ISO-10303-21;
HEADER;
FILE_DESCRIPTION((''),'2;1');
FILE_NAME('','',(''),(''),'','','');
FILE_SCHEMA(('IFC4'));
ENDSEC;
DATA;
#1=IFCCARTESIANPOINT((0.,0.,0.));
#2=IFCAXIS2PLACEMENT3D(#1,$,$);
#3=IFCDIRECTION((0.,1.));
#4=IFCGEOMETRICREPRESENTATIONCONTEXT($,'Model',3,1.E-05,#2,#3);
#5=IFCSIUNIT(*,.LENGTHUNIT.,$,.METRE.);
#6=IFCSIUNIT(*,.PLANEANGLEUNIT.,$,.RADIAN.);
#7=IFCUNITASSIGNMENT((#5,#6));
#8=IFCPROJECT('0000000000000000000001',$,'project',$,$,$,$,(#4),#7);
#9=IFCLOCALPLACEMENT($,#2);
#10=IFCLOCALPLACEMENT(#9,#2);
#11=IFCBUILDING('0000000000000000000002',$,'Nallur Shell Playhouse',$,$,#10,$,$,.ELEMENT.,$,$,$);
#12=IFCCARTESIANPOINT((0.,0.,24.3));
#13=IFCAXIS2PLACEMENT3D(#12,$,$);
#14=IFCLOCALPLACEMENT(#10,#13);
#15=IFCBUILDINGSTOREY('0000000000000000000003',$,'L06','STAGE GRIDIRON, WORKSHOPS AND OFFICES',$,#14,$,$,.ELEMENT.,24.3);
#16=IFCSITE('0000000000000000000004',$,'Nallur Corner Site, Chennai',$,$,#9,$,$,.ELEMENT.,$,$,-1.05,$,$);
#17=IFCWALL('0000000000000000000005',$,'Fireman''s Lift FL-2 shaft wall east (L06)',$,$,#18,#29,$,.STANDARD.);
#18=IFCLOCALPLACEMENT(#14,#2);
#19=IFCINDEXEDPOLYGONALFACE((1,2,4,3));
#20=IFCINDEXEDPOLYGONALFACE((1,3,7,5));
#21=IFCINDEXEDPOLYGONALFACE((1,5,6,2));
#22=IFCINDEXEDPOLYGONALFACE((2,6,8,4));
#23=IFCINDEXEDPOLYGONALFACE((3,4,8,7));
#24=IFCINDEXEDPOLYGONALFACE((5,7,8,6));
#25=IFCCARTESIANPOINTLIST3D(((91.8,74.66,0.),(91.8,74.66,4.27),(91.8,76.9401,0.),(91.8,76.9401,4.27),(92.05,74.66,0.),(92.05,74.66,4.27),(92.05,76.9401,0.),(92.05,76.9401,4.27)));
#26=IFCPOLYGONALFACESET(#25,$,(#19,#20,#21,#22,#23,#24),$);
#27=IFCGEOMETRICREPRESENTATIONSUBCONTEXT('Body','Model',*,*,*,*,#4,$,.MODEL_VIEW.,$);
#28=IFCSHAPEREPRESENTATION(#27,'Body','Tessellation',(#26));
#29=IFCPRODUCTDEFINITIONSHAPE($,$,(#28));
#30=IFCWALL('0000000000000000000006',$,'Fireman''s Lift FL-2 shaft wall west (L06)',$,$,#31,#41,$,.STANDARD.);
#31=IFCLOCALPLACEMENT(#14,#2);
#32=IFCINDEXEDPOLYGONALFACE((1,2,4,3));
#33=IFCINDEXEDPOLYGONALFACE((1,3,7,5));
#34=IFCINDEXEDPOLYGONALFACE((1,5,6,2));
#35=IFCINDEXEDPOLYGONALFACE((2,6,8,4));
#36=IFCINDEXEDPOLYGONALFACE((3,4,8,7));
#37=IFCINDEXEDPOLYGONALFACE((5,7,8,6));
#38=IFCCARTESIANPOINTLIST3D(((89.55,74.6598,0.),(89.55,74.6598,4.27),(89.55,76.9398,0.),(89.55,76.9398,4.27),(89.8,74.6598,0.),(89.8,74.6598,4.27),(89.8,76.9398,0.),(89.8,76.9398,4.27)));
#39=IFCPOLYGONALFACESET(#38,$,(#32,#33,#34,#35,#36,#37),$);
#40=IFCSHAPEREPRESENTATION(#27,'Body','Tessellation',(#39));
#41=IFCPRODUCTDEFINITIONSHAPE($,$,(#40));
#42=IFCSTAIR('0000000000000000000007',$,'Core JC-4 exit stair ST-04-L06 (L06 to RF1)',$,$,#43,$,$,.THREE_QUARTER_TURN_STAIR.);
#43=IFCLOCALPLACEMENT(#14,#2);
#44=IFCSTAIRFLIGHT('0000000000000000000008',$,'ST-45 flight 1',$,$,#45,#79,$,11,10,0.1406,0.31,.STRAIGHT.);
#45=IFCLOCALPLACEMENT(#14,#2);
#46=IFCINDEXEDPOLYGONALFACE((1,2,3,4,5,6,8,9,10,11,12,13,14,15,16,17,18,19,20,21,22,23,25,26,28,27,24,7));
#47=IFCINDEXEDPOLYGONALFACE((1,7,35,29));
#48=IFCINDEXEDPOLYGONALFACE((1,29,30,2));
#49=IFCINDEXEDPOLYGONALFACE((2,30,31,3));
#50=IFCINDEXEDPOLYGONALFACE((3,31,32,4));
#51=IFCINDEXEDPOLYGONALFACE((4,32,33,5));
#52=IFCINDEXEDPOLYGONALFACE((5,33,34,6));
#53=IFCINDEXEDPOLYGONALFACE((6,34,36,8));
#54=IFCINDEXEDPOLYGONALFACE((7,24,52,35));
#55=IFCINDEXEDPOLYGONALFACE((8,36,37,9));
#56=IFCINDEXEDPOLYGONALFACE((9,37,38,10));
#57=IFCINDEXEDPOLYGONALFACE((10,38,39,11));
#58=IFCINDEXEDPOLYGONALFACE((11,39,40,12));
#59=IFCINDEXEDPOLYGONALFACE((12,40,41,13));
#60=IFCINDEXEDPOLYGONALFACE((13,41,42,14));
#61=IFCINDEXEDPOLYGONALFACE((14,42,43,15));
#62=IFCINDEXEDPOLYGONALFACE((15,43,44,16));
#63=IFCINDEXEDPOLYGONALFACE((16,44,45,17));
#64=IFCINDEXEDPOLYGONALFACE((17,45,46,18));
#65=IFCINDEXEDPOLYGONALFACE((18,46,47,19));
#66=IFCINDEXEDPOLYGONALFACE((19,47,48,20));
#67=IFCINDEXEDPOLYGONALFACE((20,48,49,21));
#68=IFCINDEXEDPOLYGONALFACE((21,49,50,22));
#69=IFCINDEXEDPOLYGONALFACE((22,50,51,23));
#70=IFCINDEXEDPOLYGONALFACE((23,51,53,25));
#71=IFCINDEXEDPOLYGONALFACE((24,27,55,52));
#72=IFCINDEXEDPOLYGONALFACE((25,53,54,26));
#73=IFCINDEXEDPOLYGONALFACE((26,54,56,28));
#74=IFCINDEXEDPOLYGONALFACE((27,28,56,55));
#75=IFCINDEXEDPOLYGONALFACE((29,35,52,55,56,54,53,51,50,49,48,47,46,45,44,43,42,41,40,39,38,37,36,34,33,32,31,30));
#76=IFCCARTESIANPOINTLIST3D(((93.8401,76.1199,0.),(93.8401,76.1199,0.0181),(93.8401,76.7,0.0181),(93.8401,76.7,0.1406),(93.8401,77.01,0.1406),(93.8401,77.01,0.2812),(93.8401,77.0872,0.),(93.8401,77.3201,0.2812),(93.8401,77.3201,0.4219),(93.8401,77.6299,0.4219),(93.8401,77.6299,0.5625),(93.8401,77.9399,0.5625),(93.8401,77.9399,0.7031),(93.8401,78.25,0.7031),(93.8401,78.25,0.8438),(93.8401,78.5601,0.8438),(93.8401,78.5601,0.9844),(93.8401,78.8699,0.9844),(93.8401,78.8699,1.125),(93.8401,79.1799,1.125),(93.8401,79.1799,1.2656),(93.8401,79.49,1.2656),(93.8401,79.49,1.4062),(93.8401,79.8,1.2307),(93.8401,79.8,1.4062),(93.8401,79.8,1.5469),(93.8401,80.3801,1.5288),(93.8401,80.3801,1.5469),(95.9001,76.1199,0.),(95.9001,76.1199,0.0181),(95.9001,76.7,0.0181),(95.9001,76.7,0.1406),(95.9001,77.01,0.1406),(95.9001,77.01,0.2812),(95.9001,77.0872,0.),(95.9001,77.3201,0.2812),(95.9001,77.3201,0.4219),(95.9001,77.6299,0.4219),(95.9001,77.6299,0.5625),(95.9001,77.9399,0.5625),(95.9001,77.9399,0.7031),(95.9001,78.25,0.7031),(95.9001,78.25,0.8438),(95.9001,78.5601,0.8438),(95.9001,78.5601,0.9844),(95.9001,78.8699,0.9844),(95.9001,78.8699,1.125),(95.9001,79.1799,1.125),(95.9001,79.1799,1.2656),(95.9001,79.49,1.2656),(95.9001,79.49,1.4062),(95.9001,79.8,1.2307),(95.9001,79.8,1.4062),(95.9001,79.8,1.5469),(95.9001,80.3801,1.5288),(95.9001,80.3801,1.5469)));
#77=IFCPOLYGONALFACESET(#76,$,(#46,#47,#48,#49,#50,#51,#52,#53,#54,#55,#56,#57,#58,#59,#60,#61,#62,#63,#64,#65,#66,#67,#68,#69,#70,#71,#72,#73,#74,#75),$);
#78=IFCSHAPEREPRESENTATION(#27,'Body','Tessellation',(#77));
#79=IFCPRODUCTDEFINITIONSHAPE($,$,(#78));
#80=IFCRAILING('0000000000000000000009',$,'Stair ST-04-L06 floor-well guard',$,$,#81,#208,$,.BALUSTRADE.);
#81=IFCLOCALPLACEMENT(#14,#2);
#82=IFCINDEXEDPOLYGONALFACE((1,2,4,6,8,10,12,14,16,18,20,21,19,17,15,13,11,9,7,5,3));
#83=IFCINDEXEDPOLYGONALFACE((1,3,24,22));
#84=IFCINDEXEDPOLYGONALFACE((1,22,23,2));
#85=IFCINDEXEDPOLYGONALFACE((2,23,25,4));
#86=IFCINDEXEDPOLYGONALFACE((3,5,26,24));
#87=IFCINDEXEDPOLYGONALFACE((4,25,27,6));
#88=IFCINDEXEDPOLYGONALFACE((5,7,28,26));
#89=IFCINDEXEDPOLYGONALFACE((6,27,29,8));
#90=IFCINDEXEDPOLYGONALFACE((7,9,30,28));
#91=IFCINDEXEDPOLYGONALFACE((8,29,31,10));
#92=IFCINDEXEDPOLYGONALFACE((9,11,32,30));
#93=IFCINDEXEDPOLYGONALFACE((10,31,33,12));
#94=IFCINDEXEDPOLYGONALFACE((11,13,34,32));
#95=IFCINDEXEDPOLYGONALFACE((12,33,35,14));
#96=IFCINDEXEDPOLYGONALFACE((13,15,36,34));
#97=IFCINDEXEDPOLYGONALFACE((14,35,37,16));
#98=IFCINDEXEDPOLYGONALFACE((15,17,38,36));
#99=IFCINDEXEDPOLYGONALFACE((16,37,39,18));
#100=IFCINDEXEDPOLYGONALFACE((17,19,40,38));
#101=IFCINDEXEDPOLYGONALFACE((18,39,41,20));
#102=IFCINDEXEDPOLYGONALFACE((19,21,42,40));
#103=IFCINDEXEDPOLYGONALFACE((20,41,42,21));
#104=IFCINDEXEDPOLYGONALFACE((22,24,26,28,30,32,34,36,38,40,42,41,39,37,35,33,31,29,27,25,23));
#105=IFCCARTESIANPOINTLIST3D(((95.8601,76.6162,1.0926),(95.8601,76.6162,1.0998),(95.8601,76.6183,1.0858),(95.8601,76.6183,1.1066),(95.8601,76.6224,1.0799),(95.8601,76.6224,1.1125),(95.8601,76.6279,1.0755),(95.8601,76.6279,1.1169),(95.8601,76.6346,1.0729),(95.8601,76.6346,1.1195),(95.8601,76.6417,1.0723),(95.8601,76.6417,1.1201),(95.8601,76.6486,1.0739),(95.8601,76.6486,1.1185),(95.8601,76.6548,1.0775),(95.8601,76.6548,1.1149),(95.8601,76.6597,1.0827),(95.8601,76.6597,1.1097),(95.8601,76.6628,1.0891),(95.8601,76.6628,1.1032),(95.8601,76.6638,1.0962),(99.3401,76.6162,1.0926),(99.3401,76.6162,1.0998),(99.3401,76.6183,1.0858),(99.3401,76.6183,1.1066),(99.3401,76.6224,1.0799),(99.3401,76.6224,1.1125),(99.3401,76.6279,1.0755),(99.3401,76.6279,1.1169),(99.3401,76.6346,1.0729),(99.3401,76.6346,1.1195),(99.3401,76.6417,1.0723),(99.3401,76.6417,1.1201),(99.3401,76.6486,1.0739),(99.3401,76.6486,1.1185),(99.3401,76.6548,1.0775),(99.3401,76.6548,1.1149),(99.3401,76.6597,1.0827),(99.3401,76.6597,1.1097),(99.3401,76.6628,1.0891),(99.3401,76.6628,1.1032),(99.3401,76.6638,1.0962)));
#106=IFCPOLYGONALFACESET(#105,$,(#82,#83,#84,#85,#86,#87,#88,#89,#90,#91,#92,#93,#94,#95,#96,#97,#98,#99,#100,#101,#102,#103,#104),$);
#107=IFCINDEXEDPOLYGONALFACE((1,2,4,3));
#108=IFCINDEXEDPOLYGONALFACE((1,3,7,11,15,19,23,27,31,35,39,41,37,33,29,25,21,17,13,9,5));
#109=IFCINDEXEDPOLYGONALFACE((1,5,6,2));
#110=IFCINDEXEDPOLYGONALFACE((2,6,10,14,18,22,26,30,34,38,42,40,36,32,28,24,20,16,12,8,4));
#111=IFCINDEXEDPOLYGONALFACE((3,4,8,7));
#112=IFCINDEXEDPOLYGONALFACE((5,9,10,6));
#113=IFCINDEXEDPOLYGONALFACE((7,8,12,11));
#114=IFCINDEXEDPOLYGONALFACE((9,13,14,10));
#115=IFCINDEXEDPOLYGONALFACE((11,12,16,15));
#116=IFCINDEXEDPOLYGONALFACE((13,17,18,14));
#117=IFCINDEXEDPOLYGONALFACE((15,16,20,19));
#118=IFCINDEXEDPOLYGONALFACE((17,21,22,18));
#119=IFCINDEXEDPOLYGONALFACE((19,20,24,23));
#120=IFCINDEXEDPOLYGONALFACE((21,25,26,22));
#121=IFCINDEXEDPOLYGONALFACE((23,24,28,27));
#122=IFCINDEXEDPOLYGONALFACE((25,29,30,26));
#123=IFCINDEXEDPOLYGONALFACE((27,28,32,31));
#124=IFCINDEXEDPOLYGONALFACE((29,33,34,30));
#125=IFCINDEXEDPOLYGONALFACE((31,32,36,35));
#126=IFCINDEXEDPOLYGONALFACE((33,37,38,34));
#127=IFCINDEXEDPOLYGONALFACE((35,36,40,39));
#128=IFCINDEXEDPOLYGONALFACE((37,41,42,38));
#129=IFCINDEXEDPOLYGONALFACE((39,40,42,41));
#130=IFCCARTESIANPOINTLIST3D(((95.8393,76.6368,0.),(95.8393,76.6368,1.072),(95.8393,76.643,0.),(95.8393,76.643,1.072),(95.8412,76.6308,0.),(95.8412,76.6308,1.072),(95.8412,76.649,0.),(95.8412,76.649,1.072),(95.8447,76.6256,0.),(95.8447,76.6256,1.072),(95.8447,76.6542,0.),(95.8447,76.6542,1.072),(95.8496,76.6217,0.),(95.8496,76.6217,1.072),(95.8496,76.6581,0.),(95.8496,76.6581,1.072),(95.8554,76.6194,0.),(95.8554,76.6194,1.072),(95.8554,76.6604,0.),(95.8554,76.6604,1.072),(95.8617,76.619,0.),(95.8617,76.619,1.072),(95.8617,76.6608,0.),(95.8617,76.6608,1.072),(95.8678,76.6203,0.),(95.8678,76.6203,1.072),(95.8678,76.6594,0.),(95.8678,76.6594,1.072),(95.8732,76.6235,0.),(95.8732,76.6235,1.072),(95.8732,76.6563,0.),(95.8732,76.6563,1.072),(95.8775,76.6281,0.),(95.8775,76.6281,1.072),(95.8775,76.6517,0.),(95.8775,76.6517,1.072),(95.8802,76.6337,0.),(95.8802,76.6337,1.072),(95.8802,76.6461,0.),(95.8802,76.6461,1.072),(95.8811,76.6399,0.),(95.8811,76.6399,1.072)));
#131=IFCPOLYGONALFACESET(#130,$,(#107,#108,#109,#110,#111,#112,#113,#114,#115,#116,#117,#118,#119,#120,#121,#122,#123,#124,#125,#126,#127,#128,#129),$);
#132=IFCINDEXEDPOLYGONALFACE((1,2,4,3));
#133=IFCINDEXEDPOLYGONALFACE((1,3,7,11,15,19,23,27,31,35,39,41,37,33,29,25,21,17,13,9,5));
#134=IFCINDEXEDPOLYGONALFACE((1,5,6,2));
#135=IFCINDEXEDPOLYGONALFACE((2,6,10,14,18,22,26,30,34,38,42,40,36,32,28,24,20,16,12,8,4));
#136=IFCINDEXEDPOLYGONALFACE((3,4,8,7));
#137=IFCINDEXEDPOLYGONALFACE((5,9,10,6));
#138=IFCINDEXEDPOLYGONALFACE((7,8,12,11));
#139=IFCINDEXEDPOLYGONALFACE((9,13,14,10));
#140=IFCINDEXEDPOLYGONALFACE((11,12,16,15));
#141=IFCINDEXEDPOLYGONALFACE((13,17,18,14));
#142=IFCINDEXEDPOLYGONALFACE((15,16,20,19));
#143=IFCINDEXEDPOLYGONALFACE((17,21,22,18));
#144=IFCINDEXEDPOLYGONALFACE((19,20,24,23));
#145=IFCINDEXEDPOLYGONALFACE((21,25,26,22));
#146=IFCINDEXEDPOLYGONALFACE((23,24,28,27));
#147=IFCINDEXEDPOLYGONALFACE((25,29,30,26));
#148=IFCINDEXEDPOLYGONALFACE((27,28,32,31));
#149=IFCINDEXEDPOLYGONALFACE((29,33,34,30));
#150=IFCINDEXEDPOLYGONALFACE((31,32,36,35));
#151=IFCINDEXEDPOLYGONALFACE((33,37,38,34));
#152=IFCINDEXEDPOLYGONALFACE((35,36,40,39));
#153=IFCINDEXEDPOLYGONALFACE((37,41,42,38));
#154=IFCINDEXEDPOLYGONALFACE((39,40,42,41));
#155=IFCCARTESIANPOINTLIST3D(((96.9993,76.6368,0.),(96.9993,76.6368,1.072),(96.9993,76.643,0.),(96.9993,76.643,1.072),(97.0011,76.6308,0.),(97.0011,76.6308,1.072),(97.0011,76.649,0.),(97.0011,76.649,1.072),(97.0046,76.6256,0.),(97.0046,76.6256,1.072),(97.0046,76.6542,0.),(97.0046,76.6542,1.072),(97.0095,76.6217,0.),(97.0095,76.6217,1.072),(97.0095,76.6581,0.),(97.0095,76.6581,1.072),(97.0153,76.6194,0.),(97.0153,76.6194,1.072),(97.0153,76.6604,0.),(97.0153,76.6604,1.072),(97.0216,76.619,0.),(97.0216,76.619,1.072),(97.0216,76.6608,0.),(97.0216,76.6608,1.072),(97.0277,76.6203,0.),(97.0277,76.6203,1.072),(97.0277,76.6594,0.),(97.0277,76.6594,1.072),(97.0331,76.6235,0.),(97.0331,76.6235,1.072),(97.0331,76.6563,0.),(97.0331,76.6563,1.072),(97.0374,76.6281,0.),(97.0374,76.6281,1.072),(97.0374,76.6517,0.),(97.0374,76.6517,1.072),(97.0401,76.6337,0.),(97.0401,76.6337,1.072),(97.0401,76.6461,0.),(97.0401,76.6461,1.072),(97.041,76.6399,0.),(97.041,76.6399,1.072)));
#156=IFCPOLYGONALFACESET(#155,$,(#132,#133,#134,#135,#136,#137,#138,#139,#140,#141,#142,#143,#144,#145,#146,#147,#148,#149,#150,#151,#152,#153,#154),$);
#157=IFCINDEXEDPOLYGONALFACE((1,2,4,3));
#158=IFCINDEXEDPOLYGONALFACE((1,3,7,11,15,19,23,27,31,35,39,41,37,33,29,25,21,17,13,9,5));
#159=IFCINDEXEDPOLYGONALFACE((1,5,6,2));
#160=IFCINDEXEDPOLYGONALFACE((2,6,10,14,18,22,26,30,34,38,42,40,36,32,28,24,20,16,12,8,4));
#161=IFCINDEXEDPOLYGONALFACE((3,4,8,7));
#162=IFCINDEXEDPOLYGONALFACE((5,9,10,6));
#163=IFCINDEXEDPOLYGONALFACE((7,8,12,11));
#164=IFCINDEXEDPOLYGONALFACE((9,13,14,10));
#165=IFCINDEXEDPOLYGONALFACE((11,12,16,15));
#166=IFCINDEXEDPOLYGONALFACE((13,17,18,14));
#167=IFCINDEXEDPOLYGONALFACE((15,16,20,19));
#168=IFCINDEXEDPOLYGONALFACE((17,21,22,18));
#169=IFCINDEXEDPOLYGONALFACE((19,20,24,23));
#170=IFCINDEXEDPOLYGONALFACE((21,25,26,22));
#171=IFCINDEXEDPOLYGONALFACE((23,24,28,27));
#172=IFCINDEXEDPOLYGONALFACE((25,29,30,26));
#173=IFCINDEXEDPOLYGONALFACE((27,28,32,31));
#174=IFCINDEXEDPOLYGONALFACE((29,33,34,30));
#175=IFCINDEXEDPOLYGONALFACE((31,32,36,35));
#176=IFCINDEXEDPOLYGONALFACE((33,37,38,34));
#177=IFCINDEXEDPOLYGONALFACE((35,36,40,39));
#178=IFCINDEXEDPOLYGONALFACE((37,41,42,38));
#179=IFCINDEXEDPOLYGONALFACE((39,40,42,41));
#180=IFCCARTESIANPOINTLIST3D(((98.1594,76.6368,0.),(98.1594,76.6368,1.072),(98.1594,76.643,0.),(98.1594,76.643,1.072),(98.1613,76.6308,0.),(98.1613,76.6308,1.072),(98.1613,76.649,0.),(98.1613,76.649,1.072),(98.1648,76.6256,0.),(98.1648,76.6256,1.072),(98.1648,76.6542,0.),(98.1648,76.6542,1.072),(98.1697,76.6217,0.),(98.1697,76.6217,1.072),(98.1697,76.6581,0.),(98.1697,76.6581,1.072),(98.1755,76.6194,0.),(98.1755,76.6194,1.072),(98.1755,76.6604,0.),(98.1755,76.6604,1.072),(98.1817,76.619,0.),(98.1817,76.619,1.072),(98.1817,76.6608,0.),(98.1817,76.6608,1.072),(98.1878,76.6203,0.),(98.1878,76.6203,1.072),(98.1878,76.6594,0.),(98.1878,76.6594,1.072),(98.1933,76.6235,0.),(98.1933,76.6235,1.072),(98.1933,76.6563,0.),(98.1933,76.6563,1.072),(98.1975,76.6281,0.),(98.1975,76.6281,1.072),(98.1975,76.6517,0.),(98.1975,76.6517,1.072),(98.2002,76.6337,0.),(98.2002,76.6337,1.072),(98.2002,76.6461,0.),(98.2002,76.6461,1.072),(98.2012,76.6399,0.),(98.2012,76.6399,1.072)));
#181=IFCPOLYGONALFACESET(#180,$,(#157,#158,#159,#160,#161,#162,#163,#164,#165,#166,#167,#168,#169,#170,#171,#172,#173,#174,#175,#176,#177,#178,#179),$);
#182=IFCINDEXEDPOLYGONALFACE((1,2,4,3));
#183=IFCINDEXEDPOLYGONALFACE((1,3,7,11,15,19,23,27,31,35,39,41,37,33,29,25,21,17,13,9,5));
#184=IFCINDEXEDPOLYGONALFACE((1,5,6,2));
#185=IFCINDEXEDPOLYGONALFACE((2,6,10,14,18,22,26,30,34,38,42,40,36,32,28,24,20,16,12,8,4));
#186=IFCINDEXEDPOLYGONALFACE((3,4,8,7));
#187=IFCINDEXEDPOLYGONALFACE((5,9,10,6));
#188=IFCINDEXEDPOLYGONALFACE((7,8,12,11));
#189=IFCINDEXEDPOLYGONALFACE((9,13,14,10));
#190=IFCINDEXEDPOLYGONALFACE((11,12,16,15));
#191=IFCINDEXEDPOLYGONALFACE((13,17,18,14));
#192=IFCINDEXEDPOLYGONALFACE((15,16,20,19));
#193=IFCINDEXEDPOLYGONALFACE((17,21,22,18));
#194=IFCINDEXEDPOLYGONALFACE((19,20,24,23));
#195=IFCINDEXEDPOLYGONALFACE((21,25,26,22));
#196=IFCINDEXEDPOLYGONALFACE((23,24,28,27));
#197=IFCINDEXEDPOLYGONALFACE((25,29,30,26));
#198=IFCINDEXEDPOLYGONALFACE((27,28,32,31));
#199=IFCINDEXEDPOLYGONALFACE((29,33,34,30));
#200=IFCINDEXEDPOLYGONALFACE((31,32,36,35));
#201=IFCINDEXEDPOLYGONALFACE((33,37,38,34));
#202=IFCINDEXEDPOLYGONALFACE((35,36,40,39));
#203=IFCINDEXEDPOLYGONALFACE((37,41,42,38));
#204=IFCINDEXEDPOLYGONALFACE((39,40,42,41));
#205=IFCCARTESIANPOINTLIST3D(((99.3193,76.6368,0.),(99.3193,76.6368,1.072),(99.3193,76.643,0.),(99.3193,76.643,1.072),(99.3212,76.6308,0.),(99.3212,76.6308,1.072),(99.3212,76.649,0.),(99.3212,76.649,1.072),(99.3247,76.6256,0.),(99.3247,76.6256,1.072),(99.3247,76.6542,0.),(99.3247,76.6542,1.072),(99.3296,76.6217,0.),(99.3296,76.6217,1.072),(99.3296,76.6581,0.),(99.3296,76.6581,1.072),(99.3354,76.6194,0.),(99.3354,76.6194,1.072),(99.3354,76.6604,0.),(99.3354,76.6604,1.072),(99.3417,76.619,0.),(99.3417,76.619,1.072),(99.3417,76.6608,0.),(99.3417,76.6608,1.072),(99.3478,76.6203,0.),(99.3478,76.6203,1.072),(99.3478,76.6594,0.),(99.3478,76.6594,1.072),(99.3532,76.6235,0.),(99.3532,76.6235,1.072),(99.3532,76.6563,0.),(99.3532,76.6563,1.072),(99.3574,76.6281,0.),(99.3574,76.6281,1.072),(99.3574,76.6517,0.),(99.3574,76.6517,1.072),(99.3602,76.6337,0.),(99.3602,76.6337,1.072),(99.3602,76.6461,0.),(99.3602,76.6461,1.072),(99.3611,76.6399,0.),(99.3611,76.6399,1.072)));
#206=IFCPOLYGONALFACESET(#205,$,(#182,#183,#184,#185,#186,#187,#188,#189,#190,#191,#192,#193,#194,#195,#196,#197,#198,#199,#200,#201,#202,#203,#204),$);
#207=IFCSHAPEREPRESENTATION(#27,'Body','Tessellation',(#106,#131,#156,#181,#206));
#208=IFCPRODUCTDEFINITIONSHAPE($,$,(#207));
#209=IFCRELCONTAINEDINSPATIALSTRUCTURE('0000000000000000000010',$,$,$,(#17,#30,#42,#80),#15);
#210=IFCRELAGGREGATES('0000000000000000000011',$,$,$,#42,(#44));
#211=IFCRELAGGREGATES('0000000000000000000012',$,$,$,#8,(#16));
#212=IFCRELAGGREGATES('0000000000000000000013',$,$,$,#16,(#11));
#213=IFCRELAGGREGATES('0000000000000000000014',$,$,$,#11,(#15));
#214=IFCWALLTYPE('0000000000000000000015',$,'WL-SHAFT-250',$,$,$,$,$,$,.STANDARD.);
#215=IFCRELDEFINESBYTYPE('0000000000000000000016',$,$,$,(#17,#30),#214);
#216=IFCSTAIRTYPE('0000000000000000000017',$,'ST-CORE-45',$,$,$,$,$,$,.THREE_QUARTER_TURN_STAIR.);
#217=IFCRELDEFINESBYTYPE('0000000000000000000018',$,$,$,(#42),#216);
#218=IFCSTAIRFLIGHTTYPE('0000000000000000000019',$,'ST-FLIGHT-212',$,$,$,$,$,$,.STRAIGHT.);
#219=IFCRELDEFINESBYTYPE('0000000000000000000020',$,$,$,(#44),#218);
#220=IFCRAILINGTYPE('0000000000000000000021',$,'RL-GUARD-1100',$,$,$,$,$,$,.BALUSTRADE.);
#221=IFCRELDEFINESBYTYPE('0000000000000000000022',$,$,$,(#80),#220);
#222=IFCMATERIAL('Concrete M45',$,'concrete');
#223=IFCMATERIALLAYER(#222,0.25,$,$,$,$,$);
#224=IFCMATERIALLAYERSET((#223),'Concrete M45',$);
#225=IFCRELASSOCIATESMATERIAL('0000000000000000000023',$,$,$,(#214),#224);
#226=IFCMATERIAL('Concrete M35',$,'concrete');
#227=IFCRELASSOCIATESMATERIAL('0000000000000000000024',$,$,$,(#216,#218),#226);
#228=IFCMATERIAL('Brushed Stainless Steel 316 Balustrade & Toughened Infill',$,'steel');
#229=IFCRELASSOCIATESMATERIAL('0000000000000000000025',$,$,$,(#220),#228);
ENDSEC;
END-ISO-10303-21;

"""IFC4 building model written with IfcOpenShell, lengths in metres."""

from ifc_helpers import new_model, si_unit, direction, frame, frame_2d, origin, origin_2d, place, context, subcontext, project, spatial, polyline, rectangle, circle, outline, extrude, material, layer, layer_set, type_object, element, aggregate, save


model = new_model("IFC4")

# Units and contexts
model_context = context("Model", 3, precision=1e-05, world=origin(), true_north=direction((0.0, 1.0)))
body_context = subcontext(model_context, "Body", "Model", "MODEL_VIEW")
ifc_project = project(units=[si_unit("LENGTHUNIT", "METRE"), si_unit("PLANEANGLEUNIT", "RADIAN")], contexts=[model_context])

# Site, building, storey
site_placement = place(None, origin())
site = spatial("IfcSite", under=ifc_project, at=site_placement, Name="Nallur Corner Site, Chennai", CompositionType="ELEMENT", RefElevation=-1.05)
building_placement = place(site_placement, origin())
building = spatial("IfcBuilding", under=site, at=building_placement, Name="Nallur Shell Playhouse", CompositionType="ELEMENT")
storey_placement = place(building_placement, frame((0.0, 0.0, 24.3)))
storey = spatial("IfcBuildingStorey", under=building, at=storey_placement, Name="L06", Description="STAGE GRIDIRON, WORKSHOPS AND OFFICES", CompositionType="ELEMENT", Elevation=24.3)

# Shared definitions
ifc_material_1 = material(Name="Concrete M45", Category="concrete")

# Shared definitions
ifc_layer_1 = layer(ifc_material_1, 0.25)
ifc_layer_set_1 = layer_set([ifc_layer_1], Name="Concrete M45")
wall_type_1 = type_object("IfcWallType", Name="WL-SHAFT-250", PredefinedType="STANDARD", material=ifc_layer_set_1)

# Walls
for number, where, z_axis, x_axis, name in (
    (1, (91.925, 74.6599, 0.0), (0.0, 0.0, 1.0), (0.0, 1.0, 0.0), "Fireman's Lift FL-2 shaft wall east (L06)"),
    (2, (89.675, 76.9399, 0.0), (0.0, 0.0, 1.0), (0.0, -1.0, 0.0), "Fireman's Lift FL-2 shaft wall west (L06)"),
):
    element("IfcWall", number, at=place(storey_placement, frame(where, z_axis=z_axis, x_axis=x_axis)), inside=storey, type_object=wall_type_1, Name=name, PredefinedType="STANDARD", context=body_context, shape_type="SweptSolid", body=[
        extrude(rectangle(XDim=2.28, YDim=0.25, at=frame_2d((1.1401, 0.0))), origin(), (0.0, 0.0, 1.0), 4.27),
    ])

# Stair, stair flight
ifc_material_2 = material(Name="Concrete M35", Category="concrete")
stair_type = type_object("IfcStairType", Name="ST-CORE-45", PredefinedType="THREE_QUARTER_TURN_STAIR", material=ifc_material_2)
stair_placement = place(storey_placement, origin())
stair = element("IfcStair", 3, at=stair_placement, inside=storey, type_object=stair_type, Name="Core JC-4 exit stair ST-04-L06 (L06 to RF1)", PredefinedType="THREE_QUARTER_TURN_STAIR")
stair_flight_type = type_object("IfcStairFlightType", Name="ST-FLIGHT-212", PredefinedType="STRAIGHT", material=ifc_material_2)
stair_flight_placement = place(storey_placement, frame((94.8701, 76.7, 0.0), z_axis=(0.0, 0.0, 1.0), x_axis=(0.0, 1.0, 0.0)))
stair_flight = element("IfcStairFlight", 4, at=stair_flight_placement, type_object=stair_flight_type, Name="ST-45 flight 1", NumberOfRisers=11, NumberOfTreads=10, PredefinedType="STRAIGHT", RiserHeight=0.1406, TreadLength=0.31, context=body_context, shape_type="SweptSolid", body=[
    extrude(outline(polyline([(-0.5801, 0.0), (-0.5801, 0.0181), (0.0, 0.0181), (0.0, 0.1406), (0.3101, 0.1406), (0.3101, 0.2812), (0.6201, 0.2812), (0.6201, 0.4219), (0.9299, 0.4219), (0.9299, 0.5625), (1.24, 0.5625), (1.24, 0.7031), (1.55, 0.7031), (1.55, 0.8438), (1.8601, 0.8438), (1.8601, 0.9844), (2.1699, 0.9844), (2.1699, 1.125), (2.48, 1.125), (2.48, 1.2656), (2.79, 1.2656), (2.79, 1.4062), (3.1001, 1.4062), (3.1001, 1.5469), (3.6802, 1.5469), (3.6802, 1.5288), (3.1001, 1.2307), (0.3872, 0.0), (-0.5801, 0.0)])), frame((0.0, 1.03, 0.0), z_axis=(0.0, -1.0, 0.0), x_axis=(1.0, 0.0, 0.0)), (0.0, 0.0, 1.0), 2.0601),
])
aggregate(stair, [stair_flight])

# Railing
ifc_material_3 = material(Name="Brushed Stainless Steel 316 Balustrade & Toughened Infill", Category="steel")
railing_type_1 = type_object("IfcRailingType", Name="RL-GUARD-1100", PredefinedType="BALUSTRADE", material=ifc_material_3)
railing_1_placement = place(storey_placement, frame((95.8601, 76.6399, 0.0)))
element("IfcRailing", 5, at=railing_1_placement, inside=storey, type_object=railing_type_1, Name="Stair ST-04-L06 floor-well guard", PredefinedType="BALUSTRADE", context=body_context, shape_type="SweptSolid", body=[
    extrude(circle(Radius=0.0239, at=origin_2d()), frame((0.0, 0.0, 1.0962), z_axis=(1.0, 0.0, 0.0), x_axis=(0.0, 1.0, 0.0)), (0.0, 0.0, 1.0), 3.48),
    extrude(circle(Radius=0.021, at=origin_2d()), origin(), (0.0, 0.0, 1.0), 1.072),
    extrude(circle(Radius=0.021, at=origin_2d()), frame((1.1599, 0.0, 0.0)), (0.0, 0.0, 1.0), 1.072),
    extrude(circle(Radius=0.021, at=origin_2d()), frame((2.3201, 0.0, 0.0)), (0.0, 0.0, 1.0), 1.072),
    extrude(circle(Radius=0.021, at=origin_2d()), frame((3.48, 0.0, 0.0)), (0.0, 0.0, 1.0), 1.072),
])

save(model, "model.ifc")
